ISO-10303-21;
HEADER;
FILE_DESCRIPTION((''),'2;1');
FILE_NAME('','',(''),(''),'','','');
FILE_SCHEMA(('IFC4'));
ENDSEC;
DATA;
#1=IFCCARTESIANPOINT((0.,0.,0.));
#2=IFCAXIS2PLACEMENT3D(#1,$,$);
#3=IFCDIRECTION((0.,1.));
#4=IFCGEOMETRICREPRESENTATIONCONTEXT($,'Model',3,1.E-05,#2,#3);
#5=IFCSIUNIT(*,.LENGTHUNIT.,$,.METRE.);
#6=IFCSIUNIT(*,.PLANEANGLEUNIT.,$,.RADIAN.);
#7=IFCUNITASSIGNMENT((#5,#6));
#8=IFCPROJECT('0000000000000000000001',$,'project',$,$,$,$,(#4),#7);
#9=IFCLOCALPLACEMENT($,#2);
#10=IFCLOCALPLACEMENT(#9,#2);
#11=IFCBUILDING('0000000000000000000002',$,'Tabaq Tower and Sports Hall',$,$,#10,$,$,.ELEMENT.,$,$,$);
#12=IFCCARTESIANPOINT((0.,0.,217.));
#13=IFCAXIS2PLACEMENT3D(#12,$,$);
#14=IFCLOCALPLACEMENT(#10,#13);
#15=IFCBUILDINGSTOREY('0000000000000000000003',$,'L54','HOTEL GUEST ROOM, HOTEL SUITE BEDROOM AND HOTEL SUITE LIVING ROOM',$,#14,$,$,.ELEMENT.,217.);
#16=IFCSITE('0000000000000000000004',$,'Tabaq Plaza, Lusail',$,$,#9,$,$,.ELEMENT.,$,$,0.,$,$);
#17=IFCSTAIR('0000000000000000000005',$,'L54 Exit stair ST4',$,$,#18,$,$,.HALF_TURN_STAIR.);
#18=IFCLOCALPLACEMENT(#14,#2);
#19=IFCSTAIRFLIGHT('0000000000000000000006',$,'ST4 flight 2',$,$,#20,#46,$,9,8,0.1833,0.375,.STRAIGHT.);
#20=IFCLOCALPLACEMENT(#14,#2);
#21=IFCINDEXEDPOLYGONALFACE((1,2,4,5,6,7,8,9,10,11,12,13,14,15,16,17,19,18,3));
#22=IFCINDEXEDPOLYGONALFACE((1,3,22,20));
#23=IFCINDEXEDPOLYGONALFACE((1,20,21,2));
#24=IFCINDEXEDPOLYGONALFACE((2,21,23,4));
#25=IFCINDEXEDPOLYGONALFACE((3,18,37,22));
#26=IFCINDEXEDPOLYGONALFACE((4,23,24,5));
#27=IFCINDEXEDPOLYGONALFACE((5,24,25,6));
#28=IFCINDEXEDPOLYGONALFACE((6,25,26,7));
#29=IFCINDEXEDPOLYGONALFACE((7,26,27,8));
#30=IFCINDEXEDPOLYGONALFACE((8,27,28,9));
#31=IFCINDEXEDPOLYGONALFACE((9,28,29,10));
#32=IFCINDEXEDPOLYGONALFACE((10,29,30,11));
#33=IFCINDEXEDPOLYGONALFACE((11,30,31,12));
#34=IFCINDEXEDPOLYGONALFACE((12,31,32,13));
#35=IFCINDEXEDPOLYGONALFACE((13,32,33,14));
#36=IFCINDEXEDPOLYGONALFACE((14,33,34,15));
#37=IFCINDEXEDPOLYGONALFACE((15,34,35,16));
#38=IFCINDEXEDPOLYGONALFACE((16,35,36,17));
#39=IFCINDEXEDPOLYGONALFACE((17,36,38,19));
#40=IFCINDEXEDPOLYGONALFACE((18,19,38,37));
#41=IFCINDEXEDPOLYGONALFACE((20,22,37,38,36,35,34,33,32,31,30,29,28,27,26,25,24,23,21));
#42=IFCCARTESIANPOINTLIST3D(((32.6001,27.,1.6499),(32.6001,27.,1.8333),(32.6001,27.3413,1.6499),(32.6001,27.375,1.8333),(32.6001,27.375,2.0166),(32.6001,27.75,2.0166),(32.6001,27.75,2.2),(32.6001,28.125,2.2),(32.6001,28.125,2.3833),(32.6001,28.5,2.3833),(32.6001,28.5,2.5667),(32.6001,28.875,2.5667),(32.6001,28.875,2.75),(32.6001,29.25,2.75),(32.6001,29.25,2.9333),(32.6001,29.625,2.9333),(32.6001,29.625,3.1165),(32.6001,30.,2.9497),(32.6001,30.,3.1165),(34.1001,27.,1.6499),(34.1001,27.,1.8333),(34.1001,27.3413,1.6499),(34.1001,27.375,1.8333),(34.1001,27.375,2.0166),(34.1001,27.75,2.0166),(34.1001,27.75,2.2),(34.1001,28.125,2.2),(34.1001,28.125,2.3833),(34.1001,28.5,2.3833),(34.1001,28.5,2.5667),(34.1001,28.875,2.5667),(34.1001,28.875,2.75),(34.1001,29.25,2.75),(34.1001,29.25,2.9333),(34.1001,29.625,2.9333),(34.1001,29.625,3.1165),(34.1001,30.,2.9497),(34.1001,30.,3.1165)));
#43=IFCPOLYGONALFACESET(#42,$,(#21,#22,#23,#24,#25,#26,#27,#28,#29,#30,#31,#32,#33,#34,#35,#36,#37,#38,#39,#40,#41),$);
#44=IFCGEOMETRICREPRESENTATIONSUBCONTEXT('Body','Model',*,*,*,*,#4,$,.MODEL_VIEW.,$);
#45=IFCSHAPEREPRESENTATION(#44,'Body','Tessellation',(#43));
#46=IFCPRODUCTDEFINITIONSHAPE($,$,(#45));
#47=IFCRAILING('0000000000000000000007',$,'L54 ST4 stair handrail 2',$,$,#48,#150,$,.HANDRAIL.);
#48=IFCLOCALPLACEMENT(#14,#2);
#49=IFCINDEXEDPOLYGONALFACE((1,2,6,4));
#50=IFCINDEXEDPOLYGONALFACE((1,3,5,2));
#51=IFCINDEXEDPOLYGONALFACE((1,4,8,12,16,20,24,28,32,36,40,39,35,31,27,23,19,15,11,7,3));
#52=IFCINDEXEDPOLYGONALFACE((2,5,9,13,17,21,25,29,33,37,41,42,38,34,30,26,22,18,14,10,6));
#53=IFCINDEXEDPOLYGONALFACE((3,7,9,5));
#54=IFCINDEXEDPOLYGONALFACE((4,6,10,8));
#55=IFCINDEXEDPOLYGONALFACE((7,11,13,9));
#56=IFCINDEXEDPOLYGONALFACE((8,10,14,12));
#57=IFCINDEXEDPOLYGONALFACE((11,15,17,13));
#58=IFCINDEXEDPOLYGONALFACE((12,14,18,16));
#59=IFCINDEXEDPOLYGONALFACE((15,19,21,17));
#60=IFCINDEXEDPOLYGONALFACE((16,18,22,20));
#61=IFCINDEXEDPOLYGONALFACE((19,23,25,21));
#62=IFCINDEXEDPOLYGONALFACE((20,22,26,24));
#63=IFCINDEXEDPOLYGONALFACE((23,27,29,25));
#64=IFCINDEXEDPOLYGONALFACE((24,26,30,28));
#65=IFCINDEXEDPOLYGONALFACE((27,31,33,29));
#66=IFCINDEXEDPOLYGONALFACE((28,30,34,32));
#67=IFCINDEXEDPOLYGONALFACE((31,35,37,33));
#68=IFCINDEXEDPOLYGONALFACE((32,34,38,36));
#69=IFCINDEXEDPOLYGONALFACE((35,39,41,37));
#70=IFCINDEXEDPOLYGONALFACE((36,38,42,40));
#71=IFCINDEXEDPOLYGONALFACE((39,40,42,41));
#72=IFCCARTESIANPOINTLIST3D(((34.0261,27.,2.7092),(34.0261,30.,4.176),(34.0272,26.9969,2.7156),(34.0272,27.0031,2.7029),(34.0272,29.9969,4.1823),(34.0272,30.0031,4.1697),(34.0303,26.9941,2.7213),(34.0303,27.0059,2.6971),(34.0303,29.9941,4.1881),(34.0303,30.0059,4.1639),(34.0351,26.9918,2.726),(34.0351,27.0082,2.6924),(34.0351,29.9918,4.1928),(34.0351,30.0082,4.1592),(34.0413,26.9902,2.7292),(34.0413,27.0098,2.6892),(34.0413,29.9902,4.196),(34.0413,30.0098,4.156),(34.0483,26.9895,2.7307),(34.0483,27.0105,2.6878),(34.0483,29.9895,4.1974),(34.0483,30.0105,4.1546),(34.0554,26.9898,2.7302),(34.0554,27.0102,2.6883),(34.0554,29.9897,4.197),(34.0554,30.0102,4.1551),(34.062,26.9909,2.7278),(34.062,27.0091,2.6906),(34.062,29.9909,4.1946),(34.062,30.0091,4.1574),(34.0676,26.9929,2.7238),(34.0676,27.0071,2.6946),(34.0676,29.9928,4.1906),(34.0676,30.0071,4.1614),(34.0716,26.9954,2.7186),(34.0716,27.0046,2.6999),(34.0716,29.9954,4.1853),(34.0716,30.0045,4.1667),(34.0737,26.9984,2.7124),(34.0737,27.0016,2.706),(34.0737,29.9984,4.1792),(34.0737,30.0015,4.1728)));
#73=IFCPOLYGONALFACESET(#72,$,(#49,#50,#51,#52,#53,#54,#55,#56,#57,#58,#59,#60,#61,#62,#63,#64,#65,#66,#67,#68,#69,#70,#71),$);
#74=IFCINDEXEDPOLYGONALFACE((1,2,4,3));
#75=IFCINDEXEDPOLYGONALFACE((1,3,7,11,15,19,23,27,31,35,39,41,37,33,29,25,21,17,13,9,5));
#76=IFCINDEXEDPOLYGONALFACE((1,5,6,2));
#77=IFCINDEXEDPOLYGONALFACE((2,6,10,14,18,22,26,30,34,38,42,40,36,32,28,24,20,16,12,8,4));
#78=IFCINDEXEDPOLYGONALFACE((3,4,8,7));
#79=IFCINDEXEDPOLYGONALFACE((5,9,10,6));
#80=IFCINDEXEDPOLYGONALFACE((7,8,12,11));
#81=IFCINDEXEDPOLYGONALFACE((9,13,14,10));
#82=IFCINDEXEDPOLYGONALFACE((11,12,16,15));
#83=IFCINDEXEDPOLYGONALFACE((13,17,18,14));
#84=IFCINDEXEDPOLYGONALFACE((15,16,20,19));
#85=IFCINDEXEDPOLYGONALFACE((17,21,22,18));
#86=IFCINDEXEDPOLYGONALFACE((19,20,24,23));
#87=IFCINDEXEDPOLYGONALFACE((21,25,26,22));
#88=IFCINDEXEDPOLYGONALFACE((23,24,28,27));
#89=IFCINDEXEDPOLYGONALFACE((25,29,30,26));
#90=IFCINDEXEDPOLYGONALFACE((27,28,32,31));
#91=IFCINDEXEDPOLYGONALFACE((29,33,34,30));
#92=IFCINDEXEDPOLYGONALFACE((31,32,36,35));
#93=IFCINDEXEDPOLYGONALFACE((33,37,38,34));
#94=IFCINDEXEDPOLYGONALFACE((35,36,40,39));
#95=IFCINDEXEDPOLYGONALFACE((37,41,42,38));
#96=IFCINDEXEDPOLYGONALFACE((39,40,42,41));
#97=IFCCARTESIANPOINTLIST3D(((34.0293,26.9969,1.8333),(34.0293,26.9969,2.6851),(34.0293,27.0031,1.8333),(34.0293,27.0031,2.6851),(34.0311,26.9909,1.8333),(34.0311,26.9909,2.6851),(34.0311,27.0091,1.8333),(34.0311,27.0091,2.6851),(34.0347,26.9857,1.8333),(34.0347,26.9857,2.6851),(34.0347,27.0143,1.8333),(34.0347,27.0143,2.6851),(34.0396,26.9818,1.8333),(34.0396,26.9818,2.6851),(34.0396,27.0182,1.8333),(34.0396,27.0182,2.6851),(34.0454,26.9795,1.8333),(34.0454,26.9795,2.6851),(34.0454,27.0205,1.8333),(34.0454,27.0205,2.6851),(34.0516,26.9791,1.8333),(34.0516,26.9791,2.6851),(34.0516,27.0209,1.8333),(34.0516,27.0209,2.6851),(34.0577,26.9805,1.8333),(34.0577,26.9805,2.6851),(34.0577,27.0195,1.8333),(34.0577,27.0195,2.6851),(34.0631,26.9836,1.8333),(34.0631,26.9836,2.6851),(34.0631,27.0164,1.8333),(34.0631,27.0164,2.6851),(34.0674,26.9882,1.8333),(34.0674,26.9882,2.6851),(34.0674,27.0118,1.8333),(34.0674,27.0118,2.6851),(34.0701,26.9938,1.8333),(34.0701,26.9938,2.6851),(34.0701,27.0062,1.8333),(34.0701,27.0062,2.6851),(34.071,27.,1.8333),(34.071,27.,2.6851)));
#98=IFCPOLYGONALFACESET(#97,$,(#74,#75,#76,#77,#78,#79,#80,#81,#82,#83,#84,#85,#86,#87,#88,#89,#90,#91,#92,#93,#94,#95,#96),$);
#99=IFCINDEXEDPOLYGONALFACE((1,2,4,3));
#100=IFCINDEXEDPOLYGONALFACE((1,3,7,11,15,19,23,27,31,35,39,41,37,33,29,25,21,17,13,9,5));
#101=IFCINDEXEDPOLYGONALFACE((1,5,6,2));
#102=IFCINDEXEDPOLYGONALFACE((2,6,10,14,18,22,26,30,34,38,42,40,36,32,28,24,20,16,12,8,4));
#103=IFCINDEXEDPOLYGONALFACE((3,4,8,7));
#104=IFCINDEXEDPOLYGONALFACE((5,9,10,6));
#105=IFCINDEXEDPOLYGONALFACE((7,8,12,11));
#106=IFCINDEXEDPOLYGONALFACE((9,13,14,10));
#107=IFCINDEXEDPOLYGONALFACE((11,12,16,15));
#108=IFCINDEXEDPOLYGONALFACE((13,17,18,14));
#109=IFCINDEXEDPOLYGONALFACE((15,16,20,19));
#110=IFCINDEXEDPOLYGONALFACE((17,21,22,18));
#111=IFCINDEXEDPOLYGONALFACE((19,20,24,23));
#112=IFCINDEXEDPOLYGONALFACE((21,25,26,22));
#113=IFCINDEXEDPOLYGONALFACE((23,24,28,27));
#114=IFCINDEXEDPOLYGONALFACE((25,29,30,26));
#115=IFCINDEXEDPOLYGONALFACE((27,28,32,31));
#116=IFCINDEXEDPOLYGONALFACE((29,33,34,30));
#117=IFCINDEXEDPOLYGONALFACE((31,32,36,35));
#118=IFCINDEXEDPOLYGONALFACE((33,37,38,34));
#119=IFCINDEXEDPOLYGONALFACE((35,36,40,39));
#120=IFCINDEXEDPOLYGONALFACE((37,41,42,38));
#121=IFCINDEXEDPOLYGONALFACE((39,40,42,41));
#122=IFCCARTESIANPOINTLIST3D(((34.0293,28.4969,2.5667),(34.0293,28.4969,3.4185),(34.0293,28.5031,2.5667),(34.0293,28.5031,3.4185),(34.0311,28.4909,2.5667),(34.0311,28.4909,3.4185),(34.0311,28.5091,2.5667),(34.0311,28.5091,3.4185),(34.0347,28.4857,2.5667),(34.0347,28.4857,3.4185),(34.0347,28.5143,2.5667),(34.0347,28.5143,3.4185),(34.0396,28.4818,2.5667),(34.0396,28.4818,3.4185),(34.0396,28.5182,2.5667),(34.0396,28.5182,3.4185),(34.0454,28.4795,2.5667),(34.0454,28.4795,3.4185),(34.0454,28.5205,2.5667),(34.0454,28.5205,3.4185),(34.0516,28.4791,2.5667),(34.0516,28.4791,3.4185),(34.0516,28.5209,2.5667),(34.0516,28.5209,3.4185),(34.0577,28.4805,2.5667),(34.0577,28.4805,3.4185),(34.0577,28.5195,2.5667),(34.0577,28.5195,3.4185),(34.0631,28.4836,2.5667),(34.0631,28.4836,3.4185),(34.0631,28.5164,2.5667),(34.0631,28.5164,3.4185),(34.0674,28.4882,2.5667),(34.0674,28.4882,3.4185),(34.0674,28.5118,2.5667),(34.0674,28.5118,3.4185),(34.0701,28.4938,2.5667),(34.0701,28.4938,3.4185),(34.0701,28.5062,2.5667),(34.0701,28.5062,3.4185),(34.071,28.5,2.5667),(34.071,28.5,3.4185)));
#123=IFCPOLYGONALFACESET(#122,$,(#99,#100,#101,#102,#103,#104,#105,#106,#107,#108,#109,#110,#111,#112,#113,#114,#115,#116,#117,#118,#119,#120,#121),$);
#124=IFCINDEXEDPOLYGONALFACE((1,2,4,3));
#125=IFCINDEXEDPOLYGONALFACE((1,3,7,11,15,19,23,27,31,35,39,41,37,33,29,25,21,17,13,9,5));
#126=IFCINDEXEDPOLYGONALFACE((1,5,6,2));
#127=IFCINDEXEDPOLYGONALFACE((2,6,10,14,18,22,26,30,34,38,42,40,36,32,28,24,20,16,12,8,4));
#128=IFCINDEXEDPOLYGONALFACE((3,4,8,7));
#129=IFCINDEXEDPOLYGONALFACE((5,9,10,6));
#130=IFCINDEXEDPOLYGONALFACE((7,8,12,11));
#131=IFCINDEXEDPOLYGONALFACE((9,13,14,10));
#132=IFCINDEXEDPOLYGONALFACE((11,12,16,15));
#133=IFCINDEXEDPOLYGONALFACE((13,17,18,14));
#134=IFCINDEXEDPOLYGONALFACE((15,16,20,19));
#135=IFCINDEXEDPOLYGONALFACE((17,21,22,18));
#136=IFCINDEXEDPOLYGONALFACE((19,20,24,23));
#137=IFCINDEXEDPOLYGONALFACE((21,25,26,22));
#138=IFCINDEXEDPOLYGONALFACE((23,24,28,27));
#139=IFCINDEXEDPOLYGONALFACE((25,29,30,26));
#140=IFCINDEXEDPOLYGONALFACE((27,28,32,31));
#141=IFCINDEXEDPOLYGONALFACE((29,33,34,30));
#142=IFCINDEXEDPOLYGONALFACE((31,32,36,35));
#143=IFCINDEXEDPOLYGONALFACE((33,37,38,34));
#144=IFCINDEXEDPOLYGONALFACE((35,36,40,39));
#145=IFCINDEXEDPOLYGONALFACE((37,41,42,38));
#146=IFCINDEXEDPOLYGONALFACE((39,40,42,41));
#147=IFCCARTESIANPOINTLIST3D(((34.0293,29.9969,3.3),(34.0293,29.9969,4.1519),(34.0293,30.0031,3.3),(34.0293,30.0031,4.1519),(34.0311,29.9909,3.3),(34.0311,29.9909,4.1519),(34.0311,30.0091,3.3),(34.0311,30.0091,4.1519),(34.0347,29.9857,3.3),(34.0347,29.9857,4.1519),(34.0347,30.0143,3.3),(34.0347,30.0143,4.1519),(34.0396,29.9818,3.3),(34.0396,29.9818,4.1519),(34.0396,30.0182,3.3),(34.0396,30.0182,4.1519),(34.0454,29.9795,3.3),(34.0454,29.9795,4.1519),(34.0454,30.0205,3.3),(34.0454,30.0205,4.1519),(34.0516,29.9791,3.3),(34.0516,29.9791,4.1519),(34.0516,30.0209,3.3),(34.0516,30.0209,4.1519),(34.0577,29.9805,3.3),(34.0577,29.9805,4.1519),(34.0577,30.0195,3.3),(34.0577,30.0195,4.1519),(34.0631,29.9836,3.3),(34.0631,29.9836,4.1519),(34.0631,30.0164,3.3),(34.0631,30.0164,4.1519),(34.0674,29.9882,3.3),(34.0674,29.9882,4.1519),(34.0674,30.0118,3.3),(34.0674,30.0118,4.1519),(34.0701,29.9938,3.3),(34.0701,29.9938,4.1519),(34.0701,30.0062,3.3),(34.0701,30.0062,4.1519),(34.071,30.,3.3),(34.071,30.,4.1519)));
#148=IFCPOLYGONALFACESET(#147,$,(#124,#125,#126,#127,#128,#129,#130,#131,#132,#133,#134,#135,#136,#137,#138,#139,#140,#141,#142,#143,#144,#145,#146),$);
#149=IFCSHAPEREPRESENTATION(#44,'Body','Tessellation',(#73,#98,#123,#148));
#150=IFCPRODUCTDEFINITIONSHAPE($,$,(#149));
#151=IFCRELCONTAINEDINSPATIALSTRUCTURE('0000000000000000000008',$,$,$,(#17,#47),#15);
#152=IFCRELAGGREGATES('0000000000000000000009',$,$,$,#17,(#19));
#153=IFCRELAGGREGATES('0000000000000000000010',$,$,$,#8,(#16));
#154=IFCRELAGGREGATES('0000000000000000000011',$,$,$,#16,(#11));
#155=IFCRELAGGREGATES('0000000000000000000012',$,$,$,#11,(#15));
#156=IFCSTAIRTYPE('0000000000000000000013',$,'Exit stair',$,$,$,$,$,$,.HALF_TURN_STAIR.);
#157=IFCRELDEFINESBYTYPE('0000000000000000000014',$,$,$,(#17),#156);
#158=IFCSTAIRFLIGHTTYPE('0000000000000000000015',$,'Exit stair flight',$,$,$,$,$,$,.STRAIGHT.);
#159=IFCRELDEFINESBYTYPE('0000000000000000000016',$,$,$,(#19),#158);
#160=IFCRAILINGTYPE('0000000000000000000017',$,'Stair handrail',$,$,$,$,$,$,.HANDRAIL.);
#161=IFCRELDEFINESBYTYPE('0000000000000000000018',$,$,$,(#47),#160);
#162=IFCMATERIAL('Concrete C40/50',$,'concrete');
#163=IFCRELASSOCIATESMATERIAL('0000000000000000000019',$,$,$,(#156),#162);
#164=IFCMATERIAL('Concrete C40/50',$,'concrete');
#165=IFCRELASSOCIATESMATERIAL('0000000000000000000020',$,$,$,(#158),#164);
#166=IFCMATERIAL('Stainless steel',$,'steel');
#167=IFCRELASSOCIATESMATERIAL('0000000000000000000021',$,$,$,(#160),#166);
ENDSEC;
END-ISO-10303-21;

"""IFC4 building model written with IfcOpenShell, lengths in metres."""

from ifc_helpers import new_model, si_unit, direction, frame, origin, origin_2d, place, context, subcontext, project, spatial, polyline, circle, outline, extrude, material, type_object, element, aggregate, save


model = new_model("IFC4")

# Units and contexts
model_context = context("Model", 3, precision=1e-05, world=origin(), true_north=direction((0.0, 1.0)))
body_context = subcontext(model_context, "Body", "Model", "MODEL_VIEW")
ifc_project = project(units=[si_unit("LENGTHUNIT", "METRE"), si_unit("PLANEANGLEUNIT", "RADIAN")], contexts=[model_context])

# Site, building, storey
site_placement = place(None, origin())
site = spatial("IfcSite", under=ifc_project, at=site_placement, Name="Tabaq Plaza, Lusail", CompositionType="ELEMENT", RefElevation=0.0)
building_placement = place(site_placement, origin())
building = spatial("IfcBuilding", under=site, at=building_placement, Name="Tabaq Tower and Sports Hall", CompositionType="ELEMENT")
storey_placement = place(building_placement, frame((0.0, 0.0, 217.0)))
storey = spatial("IfcBuildingStorey", under=building, at=storey_placement, Name="L54", Description="HOTEL GUEST ROOM, HOTEL SUITE BEDROOM AND HOTEL SUITE LIVING ROOM", CompositionType="ELEMENT", Elevation=217.0)

# Stair, stair flight
ifc_material_1 = material(Name="Concrete C40/50", Category="concrete")
stair_type = type_object("IfcStairType", Name="Exit stair", PredefinedType="HALF_TURN_STAIR", material=ifc_material_1)
stair_placement = place(storey_placement, origin())
stair = element("IfcStair", 1, at=stair_placement, inside=storey, type_object=stair_type, Name="L54 Exit stair ST4", PredefinedType="HALF_TURN_STAIR")
ifc_material_2 = material(Name="Concrete C40/50", Category="concrete")
stair_flight_type = type_object("IfcStairFlightType", Name="Exit stair flight", PredefinedType="STRAIGHT", material=ifc_material_2)
stair_flight_placement = place(storey_placement, frame((33.3501, 27.0, 1.6499), z_axis=(0.0, 0.0, 1.0), x_axis=(0.0, 1.0, 0.0)))
stair_flight = element("IfcStairFlight", 2, at=stair_flight_placement, type_object=stair_flight_type, Name="ST4 flight 2", NumberOfRisers=9, NumberOfTreads=8, PredefinedType="STRAIGHT", RiserHeight=0.1833, TreadLength=0.375, context=body_context, shape_type="SweptSolid", body=[
    extrude(outline(polyline([(0.0, 0.0), (0.0, 0.1833), (0.375, 0.1833), (0.375, 0.3667), (0.75, 0.3667), (0.75, 0.55), (1.125, 0.55), (1.125, 0.7334), (1.5, 0.7334), (1.5, 0.9167), (1.875, 0.9167), (1.875, 1.1001), (2.25, 1.1001), (2.25, 1.2834), (2.625, 1.2834), (2.625, 1.4666), (3.0, 1.4666), (3.0, 1.6499), (3.0, 1.2998), (0.3413, 0.0), (0.0, 0.0)])), frame((0.0, 0.75, 0.0), z_axis=(0.0, -1.0, 0.0), x_axis=(1.0, 0.0, 0.0)), (0.0, 0.0, 1.0), 1.5),
])
aggregate(stair, [stair_flight])

# Railing
ifc_material_3 = material(Name="Stainless steel", Category="steel")
railing_type = type_object("IfcRailingType", Name="Stair handrail", PredefinedType="HANDRAIL", material=ifc_material_3)
railing_placement = place(storey_placement, frame((34.05, 27.0, 1.8333)))
element("IfcRailing", 3, at=railing_placement, inside=storey, type_object=railing_type, Name="L54 ST4 stair handrail 2", PredefinedType="HANDRAIL", context=body_context, shape_type="SweptSolid", body=[
    extrude(circle(Radius=0.0239, at=origin_2d()), frame((0.0, 0.0, 0.876), z_axis=(0.0, 0.898369, 0.439242), x_axis=(-1.0, 0.0, 0.0)), (0.0, 0.0, 1.0), 3.3394),
    extrude(circle(Radius=0.021, at=origin_2d()), origin(), (0.0, 0.0, 1.0), 0.8518),
    extrude(circle(Radius=0.021, at=origin_2d()), frame((0.0, 1.5, 0.7334)), (0.0, 0.0, 1.0), 0.8518),
    extrude(circle(Radius=0.021, at=origin_2d()), frame((0.0, 3.0, 1.4668)), (0.0, 0.0, 1.0), 0.8518),
])

save(model, "model.ifc")
